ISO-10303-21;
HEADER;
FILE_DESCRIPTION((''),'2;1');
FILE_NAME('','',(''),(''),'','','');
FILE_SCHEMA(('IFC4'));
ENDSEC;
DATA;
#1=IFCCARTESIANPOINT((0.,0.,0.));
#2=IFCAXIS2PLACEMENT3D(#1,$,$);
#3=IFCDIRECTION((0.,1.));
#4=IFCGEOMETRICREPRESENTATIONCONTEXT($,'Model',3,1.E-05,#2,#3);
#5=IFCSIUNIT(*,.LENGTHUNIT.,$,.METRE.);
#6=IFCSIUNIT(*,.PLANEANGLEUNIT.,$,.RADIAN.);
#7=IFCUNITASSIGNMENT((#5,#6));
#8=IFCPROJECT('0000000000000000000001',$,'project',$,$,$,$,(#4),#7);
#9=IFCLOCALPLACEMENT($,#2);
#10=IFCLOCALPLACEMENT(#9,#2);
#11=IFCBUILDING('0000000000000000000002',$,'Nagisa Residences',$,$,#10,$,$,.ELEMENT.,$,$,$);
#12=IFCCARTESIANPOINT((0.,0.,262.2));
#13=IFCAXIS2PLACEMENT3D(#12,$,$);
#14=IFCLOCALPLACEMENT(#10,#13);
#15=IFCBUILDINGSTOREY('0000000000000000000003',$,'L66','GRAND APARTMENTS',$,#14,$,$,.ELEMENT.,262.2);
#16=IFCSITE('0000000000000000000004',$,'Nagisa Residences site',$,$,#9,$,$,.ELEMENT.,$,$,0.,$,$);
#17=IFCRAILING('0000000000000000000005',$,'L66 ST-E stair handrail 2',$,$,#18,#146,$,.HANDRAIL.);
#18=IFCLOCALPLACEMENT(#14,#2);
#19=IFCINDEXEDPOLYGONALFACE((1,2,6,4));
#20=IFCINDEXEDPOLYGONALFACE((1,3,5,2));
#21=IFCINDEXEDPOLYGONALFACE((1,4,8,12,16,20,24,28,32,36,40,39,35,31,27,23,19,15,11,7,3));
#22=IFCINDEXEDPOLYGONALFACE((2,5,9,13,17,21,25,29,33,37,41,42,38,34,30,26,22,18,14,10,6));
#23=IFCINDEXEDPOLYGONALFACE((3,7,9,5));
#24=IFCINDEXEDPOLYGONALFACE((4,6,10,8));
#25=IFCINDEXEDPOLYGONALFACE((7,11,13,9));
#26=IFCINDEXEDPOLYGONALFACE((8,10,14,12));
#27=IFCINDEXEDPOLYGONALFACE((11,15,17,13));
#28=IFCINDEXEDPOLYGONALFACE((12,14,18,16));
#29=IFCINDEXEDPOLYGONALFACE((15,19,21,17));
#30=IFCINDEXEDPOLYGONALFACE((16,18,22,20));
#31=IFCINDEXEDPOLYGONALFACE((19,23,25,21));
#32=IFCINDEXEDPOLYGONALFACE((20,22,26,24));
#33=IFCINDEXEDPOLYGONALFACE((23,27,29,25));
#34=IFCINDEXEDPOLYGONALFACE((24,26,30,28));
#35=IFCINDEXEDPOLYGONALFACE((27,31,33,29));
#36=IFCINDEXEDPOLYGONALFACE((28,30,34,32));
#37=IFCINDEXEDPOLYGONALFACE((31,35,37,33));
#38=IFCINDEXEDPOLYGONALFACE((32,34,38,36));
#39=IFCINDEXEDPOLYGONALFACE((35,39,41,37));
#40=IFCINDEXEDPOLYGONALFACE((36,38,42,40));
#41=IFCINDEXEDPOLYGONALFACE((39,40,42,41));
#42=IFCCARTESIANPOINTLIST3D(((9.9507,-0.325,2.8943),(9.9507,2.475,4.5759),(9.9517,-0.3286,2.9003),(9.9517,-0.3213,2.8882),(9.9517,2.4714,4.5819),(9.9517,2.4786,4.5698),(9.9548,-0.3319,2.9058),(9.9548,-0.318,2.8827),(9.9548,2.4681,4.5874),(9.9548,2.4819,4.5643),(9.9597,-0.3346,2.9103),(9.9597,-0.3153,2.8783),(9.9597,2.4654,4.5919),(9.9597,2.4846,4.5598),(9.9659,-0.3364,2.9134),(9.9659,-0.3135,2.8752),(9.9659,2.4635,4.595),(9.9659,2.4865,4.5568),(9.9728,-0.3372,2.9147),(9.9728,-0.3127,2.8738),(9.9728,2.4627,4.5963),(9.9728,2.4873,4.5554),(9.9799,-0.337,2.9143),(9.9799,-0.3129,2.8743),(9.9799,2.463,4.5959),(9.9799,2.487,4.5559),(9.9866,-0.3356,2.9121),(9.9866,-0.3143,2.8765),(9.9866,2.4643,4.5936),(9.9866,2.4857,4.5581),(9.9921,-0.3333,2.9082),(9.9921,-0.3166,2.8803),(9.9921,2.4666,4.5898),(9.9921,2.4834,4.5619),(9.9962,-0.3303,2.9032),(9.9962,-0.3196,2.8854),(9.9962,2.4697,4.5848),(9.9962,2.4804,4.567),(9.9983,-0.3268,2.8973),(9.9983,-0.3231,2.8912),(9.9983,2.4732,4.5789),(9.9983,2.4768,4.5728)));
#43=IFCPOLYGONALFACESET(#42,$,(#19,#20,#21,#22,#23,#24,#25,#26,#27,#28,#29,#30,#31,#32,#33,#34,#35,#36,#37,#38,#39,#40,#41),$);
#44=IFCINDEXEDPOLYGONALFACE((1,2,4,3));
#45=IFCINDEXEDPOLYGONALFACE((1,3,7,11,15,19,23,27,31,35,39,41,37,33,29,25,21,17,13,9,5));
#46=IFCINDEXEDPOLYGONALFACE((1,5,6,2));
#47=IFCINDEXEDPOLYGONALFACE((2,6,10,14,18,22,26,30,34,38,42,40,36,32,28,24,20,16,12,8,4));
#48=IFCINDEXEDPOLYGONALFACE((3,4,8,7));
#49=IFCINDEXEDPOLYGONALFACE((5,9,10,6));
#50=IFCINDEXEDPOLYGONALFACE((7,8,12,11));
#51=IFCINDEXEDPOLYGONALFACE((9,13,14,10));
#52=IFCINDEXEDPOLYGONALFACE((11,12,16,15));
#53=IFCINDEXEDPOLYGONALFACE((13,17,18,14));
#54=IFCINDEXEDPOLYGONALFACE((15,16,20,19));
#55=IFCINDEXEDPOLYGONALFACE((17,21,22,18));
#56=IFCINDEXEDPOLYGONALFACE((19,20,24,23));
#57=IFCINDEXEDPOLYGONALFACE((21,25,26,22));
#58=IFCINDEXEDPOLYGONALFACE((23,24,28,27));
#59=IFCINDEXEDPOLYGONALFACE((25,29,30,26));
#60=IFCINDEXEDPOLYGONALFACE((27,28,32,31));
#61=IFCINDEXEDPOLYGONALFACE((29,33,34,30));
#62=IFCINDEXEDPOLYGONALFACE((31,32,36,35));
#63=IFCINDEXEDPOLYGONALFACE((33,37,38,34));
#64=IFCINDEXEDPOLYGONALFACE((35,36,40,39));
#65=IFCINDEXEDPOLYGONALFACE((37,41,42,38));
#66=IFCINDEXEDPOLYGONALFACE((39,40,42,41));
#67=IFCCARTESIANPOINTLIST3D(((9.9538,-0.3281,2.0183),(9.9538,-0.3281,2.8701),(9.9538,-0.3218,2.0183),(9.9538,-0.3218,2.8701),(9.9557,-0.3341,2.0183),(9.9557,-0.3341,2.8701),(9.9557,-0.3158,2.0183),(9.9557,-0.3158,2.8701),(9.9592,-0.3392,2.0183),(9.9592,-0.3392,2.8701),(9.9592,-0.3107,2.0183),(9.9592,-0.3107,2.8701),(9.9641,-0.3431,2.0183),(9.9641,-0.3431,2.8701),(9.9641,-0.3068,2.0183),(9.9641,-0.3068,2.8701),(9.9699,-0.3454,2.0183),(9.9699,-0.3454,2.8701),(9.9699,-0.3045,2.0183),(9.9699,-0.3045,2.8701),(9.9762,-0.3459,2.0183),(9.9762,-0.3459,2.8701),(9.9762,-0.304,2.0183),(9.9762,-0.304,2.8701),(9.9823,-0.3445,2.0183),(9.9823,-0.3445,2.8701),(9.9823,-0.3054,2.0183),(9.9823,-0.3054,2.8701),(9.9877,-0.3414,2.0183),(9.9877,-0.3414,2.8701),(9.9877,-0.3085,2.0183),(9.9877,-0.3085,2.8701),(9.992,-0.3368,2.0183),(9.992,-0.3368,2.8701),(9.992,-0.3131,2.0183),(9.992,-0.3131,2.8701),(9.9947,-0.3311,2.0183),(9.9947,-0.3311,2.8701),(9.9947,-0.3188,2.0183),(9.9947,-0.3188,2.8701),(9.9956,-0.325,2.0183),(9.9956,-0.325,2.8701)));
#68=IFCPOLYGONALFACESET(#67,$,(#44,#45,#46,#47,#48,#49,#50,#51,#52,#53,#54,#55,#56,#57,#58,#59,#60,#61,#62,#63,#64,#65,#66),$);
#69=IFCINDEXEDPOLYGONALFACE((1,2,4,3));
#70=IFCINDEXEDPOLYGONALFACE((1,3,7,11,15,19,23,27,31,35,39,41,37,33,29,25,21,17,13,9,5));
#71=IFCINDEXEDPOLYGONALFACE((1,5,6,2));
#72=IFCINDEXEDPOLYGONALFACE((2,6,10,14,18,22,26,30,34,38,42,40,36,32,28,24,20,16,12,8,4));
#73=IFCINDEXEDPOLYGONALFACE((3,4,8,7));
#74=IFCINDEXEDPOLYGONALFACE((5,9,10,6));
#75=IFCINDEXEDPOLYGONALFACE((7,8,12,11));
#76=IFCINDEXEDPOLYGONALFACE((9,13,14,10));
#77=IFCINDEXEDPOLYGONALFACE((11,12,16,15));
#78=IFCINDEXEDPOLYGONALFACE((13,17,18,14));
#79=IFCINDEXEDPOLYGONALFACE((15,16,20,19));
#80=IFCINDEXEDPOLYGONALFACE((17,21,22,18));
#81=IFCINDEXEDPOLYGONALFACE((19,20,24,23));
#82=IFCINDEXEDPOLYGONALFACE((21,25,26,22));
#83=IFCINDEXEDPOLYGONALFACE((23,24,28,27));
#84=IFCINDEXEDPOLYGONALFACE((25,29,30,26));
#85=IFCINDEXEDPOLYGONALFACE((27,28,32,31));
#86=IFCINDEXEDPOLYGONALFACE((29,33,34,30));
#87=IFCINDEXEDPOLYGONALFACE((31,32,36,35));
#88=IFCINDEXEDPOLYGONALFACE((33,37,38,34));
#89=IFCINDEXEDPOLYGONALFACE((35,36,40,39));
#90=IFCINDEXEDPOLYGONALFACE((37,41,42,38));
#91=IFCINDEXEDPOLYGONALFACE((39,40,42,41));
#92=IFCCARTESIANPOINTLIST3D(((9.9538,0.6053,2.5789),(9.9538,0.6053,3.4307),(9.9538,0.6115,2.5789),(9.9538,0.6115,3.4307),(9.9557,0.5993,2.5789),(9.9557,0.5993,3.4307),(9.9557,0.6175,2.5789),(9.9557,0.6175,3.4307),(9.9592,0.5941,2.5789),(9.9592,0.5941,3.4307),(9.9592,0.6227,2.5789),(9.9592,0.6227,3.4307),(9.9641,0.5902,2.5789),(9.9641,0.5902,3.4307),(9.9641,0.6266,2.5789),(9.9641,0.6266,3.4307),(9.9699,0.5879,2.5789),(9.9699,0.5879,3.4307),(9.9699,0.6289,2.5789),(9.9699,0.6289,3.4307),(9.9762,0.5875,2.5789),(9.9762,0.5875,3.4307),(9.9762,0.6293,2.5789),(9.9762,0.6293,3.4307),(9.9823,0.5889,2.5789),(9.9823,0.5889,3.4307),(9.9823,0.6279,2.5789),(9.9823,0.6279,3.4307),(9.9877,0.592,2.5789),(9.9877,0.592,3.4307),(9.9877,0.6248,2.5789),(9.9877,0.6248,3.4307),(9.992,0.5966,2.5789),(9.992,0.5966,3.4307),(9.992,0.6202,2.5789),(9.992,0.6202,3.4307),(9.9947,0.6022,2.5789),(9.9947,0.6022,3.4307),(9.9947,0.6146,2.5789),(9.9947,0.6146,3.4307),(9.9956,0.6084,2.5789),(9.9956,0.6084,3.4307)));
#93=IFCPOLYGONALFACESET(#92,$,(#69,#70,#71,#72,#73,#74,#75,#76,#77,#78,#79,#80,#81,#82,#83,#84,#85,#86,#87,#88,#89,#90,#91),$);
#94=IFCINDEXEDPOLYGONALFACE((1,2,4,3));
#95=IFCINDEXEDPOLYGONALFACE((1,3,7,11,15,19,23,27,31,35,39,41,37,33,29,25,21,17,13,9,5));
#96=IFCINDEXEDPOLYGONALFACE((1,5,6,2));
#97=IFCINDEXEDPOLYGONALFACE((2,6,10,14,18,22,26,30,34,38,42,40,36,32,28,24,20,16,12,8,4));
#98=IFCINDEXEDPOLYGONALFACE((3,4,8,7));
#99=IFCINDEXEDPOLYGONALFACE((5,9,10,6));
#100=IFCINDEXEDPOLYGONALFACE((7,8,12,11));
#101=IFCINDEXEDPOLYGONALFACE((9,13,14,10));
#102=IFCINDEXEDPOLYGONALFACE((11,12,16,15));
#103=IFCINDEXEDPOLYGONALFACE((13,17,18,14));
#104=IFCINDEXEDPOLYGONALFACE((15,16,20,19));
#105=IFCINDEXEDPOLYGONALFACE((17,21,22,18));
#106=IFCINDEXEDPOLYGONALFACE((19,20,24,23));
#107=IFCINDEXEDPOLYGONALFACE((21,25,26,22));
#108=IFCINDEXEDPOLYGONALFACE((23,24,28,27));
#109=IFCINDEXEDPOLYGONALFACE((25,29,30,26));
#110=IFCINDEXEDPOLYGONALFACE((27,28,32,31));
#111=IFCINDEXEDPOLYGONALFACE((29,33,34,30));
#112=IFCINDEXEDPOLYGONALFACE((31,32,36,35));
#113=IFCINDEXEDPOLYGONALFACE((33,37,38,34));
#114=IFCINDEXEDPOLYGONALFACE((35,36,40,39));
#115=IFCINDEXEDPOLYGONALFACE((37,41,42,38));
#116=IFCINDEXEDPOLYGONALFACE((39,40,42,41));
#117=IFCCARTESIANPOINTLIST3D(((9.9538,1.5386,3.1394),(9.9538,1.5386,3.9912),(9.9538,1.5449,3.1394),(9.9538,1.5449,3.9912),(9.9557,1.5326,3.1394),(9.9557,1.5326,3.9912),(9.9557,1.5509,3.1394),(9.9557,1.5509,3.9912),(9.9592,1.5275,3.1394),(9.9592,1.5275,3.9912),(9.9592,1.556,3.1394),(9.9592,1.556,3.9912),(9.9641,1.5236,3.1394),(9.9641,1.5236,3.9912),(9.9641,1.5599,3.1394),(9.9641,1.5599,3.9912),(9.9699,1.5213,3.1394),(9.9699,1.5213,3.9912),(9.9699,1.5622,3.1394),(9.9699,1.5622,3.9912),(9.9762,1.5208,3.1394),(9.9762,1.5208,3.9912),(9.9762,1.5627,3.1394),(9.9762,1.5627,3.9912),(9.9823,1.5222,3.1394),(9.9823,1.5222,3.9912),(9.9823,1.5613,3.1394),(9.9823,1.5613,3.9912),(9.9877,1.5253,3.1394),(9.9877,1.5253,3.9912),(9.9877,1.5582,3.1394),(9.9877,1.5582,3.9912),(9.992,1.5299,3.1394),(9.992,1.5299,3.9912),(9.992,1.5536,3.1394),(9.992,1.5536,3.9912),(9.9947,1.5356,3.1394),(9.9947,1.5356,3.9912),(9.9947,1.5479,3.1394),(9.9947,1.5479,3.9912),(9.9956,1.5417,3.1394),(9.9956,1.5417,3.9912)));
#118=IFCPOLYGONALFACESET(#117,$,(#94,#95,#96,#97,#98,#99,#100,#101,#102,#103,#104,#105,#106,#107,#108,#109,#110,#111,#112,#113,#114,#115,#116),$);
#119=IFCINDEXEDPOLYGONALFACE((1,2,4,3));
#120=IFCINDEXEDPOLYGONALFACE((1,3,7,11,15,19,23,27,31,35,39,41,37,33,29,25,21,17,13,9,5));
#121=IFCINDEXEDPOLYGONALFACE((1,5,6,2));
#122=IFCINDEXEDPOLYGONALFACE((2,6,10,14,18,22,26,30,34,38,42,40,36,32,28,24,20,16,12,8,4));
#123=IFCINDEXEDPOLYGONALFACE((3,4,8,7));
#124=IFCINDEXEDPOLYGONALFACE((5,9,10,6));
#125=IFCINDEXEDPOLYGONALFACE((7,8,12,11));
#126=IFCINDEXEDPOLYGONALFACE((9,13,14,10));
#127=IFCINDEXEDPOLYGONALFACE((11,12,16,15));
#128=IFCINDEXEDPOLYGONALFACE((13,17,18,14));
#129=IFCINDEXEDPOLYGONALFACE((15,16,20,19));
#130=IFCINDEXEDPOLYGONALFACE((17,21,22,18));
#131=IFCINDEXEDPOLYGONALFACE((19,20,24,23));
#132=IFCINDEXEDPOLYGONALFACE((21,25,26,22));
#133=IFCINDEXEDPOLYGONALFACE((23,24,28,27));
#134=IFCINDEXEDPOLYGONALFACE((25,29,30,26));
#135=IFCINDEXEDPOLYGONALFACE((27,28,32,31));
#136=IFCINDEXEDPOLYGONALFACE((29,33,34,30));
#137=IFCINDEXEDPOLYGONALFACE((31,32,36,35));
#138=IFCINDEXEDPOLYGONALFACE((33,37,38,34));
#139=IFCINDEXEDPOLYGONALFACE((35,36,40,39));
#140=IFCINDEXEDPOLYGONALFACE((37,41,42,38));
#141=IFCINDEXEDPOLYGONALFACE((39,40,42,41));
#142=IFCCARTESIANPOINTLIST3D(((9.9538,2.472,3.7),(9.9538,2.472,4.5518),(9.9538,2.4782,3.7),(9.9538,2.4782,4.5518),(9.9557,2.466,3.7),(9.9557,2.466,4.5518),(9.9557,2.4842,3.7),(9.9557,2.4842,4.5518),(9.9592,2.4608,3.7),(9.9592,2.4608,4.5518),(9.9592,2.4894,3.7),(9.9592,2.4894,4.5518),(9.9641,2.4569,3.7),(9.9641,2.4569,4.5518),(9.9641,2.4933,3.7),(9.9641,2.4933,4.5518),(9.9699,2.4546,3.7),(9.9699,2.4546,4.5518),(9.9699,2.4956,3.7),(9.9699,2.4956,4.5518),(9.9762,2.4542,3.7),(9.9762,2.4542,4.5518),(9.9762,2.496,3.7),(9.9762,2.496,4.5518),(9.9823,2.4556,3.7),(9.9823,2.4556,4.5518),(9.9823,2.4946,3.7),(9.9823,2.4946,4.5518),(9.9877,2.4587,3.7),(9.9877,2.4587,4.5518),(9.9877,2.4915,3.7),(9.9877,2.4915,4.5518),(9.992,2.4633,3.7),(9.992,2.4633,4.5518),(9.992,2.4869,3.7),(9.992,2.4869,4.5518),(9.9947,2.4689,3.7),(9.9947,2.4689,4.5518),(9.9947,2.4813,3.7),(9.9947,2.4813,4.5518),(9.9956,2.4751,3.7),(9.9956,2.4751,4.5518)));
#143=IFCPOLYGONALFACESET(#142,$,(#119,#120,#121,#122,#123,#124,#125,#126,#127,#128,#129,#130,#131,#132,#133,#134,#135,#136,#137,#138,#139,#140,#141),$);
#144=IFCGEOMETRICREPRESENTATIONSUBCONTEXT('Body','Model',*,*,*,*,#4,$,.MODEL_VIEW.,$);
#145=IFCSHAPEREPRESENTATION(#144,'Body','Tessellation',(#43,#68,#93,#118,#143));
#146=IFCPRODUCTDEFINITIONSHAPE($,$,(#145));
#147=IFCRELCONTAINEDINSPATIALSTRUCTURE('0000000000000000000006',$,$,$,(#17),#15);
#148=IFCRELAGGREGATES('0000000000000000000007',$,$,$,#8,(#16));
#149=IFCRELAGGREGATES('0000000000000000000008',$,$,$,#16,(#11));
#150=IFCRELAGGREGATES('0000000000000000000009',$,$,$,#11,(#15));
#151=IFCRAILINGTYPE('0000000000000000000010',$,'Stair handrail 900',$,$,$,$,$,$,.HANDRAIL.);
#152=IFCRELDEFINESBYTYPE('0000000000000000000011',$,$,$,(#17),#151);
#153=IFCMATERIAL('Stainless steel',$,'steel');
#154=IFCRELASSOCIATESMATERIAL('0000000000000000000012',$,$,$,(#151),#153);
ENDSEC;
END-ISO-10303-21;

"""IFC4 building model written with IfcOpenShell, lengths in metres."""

from ifc_helpers import new_model, si_unit, direction, frame, origin, origin_2d, place, context, subcontext, project, spatial, circle, extrude, material, type_object, element, save


model = new_model("IFC4")

# Units and contexts
model_context = context("Model", 3, precision=1e-05, world=origin(), true_north=direction((0.0, 1.0)))
body_context = subcontext(model_context, "Body", "Model", "MODEL_VIEW")
ifc_project = project(units=[si_unit("LENGTHUNIT", "METRE"), si_unit("PLANEANGLEUNIT", "RADIAN")], contexts=[model_context])

# Site, building, storey
site_placement = place(None, origin())
site = spatial("IfcSite", under=ifc_project, at=site_placement, Name="Nagisa Residences site", CompositionType="ELEMENT", RefElevation=0.0)
building_placement = place(site_placement, origin())
building = spatial("IfcBuilding", under=site, at=building_placement, Name="Nagisa Residences", CompositionType="ELEMENT")
storey_placement = place(building_placement, frame((0.0, 0.0, 262.2)))
storey = spatial("IfcBuildingStorey", under=building, at=storey_placement, Name="L66", Description="GRAND APARTMENTS", CompositionType="ELEMENT", Elevation=262.2)

# Railing
ifc_material_1 = material(Name="Stainless steel", Category="steel")
railing_type_1 = type_object("IfcRailingType", Name="Stair handrail 900", PredefinedType="HANDRAIL", material=ifc_material_1)
railing_1_placement = place(storey_placement, frame((9.9746, -0.325, 2.0183)))
element("IfcRailing", 1, at=railing_1_placement, inside=storey, type_object=railing_type_1, Name="L66 ST-E stair handrail 2", PredefinedType="HANDRAIL", context=body_context, shape_type="SweptSolid", body=[
    extrude(circle(Radius=0.0239, at=origin_2d()), frame((0.0, 0.0, 0.876), z_axis=(0.0, 0.857275, 0.514858), x_axis=(-1.0, 0.0, 0.0)), (0.0, 0.0, 1.0), 3.2661),
    extrude(circle(Radius=0.021, at=origin_2d()), origin(), (0.0, 0.0, 1.0), 0.8518),
    extrude(circle(Radius=0.021, at=origin_2d()), frame((0.0, 0.9333, 0.5605)), (0.0, 0.0, 1.0), 0.8518),
    extrude(circle(Radius=0.021, at=origin_2d()), frame((0.0, 1.8667, 1.1211)), (0.0, 0.0, 1.0), 0.8518),
    extrude(circle(Radius=0.021, at=origin_2d()), frame((0.0, 2.8, 1.6816)), (0.0, 0.0, 1.0), 0.8518),
])

save(model, "model.ifc")
